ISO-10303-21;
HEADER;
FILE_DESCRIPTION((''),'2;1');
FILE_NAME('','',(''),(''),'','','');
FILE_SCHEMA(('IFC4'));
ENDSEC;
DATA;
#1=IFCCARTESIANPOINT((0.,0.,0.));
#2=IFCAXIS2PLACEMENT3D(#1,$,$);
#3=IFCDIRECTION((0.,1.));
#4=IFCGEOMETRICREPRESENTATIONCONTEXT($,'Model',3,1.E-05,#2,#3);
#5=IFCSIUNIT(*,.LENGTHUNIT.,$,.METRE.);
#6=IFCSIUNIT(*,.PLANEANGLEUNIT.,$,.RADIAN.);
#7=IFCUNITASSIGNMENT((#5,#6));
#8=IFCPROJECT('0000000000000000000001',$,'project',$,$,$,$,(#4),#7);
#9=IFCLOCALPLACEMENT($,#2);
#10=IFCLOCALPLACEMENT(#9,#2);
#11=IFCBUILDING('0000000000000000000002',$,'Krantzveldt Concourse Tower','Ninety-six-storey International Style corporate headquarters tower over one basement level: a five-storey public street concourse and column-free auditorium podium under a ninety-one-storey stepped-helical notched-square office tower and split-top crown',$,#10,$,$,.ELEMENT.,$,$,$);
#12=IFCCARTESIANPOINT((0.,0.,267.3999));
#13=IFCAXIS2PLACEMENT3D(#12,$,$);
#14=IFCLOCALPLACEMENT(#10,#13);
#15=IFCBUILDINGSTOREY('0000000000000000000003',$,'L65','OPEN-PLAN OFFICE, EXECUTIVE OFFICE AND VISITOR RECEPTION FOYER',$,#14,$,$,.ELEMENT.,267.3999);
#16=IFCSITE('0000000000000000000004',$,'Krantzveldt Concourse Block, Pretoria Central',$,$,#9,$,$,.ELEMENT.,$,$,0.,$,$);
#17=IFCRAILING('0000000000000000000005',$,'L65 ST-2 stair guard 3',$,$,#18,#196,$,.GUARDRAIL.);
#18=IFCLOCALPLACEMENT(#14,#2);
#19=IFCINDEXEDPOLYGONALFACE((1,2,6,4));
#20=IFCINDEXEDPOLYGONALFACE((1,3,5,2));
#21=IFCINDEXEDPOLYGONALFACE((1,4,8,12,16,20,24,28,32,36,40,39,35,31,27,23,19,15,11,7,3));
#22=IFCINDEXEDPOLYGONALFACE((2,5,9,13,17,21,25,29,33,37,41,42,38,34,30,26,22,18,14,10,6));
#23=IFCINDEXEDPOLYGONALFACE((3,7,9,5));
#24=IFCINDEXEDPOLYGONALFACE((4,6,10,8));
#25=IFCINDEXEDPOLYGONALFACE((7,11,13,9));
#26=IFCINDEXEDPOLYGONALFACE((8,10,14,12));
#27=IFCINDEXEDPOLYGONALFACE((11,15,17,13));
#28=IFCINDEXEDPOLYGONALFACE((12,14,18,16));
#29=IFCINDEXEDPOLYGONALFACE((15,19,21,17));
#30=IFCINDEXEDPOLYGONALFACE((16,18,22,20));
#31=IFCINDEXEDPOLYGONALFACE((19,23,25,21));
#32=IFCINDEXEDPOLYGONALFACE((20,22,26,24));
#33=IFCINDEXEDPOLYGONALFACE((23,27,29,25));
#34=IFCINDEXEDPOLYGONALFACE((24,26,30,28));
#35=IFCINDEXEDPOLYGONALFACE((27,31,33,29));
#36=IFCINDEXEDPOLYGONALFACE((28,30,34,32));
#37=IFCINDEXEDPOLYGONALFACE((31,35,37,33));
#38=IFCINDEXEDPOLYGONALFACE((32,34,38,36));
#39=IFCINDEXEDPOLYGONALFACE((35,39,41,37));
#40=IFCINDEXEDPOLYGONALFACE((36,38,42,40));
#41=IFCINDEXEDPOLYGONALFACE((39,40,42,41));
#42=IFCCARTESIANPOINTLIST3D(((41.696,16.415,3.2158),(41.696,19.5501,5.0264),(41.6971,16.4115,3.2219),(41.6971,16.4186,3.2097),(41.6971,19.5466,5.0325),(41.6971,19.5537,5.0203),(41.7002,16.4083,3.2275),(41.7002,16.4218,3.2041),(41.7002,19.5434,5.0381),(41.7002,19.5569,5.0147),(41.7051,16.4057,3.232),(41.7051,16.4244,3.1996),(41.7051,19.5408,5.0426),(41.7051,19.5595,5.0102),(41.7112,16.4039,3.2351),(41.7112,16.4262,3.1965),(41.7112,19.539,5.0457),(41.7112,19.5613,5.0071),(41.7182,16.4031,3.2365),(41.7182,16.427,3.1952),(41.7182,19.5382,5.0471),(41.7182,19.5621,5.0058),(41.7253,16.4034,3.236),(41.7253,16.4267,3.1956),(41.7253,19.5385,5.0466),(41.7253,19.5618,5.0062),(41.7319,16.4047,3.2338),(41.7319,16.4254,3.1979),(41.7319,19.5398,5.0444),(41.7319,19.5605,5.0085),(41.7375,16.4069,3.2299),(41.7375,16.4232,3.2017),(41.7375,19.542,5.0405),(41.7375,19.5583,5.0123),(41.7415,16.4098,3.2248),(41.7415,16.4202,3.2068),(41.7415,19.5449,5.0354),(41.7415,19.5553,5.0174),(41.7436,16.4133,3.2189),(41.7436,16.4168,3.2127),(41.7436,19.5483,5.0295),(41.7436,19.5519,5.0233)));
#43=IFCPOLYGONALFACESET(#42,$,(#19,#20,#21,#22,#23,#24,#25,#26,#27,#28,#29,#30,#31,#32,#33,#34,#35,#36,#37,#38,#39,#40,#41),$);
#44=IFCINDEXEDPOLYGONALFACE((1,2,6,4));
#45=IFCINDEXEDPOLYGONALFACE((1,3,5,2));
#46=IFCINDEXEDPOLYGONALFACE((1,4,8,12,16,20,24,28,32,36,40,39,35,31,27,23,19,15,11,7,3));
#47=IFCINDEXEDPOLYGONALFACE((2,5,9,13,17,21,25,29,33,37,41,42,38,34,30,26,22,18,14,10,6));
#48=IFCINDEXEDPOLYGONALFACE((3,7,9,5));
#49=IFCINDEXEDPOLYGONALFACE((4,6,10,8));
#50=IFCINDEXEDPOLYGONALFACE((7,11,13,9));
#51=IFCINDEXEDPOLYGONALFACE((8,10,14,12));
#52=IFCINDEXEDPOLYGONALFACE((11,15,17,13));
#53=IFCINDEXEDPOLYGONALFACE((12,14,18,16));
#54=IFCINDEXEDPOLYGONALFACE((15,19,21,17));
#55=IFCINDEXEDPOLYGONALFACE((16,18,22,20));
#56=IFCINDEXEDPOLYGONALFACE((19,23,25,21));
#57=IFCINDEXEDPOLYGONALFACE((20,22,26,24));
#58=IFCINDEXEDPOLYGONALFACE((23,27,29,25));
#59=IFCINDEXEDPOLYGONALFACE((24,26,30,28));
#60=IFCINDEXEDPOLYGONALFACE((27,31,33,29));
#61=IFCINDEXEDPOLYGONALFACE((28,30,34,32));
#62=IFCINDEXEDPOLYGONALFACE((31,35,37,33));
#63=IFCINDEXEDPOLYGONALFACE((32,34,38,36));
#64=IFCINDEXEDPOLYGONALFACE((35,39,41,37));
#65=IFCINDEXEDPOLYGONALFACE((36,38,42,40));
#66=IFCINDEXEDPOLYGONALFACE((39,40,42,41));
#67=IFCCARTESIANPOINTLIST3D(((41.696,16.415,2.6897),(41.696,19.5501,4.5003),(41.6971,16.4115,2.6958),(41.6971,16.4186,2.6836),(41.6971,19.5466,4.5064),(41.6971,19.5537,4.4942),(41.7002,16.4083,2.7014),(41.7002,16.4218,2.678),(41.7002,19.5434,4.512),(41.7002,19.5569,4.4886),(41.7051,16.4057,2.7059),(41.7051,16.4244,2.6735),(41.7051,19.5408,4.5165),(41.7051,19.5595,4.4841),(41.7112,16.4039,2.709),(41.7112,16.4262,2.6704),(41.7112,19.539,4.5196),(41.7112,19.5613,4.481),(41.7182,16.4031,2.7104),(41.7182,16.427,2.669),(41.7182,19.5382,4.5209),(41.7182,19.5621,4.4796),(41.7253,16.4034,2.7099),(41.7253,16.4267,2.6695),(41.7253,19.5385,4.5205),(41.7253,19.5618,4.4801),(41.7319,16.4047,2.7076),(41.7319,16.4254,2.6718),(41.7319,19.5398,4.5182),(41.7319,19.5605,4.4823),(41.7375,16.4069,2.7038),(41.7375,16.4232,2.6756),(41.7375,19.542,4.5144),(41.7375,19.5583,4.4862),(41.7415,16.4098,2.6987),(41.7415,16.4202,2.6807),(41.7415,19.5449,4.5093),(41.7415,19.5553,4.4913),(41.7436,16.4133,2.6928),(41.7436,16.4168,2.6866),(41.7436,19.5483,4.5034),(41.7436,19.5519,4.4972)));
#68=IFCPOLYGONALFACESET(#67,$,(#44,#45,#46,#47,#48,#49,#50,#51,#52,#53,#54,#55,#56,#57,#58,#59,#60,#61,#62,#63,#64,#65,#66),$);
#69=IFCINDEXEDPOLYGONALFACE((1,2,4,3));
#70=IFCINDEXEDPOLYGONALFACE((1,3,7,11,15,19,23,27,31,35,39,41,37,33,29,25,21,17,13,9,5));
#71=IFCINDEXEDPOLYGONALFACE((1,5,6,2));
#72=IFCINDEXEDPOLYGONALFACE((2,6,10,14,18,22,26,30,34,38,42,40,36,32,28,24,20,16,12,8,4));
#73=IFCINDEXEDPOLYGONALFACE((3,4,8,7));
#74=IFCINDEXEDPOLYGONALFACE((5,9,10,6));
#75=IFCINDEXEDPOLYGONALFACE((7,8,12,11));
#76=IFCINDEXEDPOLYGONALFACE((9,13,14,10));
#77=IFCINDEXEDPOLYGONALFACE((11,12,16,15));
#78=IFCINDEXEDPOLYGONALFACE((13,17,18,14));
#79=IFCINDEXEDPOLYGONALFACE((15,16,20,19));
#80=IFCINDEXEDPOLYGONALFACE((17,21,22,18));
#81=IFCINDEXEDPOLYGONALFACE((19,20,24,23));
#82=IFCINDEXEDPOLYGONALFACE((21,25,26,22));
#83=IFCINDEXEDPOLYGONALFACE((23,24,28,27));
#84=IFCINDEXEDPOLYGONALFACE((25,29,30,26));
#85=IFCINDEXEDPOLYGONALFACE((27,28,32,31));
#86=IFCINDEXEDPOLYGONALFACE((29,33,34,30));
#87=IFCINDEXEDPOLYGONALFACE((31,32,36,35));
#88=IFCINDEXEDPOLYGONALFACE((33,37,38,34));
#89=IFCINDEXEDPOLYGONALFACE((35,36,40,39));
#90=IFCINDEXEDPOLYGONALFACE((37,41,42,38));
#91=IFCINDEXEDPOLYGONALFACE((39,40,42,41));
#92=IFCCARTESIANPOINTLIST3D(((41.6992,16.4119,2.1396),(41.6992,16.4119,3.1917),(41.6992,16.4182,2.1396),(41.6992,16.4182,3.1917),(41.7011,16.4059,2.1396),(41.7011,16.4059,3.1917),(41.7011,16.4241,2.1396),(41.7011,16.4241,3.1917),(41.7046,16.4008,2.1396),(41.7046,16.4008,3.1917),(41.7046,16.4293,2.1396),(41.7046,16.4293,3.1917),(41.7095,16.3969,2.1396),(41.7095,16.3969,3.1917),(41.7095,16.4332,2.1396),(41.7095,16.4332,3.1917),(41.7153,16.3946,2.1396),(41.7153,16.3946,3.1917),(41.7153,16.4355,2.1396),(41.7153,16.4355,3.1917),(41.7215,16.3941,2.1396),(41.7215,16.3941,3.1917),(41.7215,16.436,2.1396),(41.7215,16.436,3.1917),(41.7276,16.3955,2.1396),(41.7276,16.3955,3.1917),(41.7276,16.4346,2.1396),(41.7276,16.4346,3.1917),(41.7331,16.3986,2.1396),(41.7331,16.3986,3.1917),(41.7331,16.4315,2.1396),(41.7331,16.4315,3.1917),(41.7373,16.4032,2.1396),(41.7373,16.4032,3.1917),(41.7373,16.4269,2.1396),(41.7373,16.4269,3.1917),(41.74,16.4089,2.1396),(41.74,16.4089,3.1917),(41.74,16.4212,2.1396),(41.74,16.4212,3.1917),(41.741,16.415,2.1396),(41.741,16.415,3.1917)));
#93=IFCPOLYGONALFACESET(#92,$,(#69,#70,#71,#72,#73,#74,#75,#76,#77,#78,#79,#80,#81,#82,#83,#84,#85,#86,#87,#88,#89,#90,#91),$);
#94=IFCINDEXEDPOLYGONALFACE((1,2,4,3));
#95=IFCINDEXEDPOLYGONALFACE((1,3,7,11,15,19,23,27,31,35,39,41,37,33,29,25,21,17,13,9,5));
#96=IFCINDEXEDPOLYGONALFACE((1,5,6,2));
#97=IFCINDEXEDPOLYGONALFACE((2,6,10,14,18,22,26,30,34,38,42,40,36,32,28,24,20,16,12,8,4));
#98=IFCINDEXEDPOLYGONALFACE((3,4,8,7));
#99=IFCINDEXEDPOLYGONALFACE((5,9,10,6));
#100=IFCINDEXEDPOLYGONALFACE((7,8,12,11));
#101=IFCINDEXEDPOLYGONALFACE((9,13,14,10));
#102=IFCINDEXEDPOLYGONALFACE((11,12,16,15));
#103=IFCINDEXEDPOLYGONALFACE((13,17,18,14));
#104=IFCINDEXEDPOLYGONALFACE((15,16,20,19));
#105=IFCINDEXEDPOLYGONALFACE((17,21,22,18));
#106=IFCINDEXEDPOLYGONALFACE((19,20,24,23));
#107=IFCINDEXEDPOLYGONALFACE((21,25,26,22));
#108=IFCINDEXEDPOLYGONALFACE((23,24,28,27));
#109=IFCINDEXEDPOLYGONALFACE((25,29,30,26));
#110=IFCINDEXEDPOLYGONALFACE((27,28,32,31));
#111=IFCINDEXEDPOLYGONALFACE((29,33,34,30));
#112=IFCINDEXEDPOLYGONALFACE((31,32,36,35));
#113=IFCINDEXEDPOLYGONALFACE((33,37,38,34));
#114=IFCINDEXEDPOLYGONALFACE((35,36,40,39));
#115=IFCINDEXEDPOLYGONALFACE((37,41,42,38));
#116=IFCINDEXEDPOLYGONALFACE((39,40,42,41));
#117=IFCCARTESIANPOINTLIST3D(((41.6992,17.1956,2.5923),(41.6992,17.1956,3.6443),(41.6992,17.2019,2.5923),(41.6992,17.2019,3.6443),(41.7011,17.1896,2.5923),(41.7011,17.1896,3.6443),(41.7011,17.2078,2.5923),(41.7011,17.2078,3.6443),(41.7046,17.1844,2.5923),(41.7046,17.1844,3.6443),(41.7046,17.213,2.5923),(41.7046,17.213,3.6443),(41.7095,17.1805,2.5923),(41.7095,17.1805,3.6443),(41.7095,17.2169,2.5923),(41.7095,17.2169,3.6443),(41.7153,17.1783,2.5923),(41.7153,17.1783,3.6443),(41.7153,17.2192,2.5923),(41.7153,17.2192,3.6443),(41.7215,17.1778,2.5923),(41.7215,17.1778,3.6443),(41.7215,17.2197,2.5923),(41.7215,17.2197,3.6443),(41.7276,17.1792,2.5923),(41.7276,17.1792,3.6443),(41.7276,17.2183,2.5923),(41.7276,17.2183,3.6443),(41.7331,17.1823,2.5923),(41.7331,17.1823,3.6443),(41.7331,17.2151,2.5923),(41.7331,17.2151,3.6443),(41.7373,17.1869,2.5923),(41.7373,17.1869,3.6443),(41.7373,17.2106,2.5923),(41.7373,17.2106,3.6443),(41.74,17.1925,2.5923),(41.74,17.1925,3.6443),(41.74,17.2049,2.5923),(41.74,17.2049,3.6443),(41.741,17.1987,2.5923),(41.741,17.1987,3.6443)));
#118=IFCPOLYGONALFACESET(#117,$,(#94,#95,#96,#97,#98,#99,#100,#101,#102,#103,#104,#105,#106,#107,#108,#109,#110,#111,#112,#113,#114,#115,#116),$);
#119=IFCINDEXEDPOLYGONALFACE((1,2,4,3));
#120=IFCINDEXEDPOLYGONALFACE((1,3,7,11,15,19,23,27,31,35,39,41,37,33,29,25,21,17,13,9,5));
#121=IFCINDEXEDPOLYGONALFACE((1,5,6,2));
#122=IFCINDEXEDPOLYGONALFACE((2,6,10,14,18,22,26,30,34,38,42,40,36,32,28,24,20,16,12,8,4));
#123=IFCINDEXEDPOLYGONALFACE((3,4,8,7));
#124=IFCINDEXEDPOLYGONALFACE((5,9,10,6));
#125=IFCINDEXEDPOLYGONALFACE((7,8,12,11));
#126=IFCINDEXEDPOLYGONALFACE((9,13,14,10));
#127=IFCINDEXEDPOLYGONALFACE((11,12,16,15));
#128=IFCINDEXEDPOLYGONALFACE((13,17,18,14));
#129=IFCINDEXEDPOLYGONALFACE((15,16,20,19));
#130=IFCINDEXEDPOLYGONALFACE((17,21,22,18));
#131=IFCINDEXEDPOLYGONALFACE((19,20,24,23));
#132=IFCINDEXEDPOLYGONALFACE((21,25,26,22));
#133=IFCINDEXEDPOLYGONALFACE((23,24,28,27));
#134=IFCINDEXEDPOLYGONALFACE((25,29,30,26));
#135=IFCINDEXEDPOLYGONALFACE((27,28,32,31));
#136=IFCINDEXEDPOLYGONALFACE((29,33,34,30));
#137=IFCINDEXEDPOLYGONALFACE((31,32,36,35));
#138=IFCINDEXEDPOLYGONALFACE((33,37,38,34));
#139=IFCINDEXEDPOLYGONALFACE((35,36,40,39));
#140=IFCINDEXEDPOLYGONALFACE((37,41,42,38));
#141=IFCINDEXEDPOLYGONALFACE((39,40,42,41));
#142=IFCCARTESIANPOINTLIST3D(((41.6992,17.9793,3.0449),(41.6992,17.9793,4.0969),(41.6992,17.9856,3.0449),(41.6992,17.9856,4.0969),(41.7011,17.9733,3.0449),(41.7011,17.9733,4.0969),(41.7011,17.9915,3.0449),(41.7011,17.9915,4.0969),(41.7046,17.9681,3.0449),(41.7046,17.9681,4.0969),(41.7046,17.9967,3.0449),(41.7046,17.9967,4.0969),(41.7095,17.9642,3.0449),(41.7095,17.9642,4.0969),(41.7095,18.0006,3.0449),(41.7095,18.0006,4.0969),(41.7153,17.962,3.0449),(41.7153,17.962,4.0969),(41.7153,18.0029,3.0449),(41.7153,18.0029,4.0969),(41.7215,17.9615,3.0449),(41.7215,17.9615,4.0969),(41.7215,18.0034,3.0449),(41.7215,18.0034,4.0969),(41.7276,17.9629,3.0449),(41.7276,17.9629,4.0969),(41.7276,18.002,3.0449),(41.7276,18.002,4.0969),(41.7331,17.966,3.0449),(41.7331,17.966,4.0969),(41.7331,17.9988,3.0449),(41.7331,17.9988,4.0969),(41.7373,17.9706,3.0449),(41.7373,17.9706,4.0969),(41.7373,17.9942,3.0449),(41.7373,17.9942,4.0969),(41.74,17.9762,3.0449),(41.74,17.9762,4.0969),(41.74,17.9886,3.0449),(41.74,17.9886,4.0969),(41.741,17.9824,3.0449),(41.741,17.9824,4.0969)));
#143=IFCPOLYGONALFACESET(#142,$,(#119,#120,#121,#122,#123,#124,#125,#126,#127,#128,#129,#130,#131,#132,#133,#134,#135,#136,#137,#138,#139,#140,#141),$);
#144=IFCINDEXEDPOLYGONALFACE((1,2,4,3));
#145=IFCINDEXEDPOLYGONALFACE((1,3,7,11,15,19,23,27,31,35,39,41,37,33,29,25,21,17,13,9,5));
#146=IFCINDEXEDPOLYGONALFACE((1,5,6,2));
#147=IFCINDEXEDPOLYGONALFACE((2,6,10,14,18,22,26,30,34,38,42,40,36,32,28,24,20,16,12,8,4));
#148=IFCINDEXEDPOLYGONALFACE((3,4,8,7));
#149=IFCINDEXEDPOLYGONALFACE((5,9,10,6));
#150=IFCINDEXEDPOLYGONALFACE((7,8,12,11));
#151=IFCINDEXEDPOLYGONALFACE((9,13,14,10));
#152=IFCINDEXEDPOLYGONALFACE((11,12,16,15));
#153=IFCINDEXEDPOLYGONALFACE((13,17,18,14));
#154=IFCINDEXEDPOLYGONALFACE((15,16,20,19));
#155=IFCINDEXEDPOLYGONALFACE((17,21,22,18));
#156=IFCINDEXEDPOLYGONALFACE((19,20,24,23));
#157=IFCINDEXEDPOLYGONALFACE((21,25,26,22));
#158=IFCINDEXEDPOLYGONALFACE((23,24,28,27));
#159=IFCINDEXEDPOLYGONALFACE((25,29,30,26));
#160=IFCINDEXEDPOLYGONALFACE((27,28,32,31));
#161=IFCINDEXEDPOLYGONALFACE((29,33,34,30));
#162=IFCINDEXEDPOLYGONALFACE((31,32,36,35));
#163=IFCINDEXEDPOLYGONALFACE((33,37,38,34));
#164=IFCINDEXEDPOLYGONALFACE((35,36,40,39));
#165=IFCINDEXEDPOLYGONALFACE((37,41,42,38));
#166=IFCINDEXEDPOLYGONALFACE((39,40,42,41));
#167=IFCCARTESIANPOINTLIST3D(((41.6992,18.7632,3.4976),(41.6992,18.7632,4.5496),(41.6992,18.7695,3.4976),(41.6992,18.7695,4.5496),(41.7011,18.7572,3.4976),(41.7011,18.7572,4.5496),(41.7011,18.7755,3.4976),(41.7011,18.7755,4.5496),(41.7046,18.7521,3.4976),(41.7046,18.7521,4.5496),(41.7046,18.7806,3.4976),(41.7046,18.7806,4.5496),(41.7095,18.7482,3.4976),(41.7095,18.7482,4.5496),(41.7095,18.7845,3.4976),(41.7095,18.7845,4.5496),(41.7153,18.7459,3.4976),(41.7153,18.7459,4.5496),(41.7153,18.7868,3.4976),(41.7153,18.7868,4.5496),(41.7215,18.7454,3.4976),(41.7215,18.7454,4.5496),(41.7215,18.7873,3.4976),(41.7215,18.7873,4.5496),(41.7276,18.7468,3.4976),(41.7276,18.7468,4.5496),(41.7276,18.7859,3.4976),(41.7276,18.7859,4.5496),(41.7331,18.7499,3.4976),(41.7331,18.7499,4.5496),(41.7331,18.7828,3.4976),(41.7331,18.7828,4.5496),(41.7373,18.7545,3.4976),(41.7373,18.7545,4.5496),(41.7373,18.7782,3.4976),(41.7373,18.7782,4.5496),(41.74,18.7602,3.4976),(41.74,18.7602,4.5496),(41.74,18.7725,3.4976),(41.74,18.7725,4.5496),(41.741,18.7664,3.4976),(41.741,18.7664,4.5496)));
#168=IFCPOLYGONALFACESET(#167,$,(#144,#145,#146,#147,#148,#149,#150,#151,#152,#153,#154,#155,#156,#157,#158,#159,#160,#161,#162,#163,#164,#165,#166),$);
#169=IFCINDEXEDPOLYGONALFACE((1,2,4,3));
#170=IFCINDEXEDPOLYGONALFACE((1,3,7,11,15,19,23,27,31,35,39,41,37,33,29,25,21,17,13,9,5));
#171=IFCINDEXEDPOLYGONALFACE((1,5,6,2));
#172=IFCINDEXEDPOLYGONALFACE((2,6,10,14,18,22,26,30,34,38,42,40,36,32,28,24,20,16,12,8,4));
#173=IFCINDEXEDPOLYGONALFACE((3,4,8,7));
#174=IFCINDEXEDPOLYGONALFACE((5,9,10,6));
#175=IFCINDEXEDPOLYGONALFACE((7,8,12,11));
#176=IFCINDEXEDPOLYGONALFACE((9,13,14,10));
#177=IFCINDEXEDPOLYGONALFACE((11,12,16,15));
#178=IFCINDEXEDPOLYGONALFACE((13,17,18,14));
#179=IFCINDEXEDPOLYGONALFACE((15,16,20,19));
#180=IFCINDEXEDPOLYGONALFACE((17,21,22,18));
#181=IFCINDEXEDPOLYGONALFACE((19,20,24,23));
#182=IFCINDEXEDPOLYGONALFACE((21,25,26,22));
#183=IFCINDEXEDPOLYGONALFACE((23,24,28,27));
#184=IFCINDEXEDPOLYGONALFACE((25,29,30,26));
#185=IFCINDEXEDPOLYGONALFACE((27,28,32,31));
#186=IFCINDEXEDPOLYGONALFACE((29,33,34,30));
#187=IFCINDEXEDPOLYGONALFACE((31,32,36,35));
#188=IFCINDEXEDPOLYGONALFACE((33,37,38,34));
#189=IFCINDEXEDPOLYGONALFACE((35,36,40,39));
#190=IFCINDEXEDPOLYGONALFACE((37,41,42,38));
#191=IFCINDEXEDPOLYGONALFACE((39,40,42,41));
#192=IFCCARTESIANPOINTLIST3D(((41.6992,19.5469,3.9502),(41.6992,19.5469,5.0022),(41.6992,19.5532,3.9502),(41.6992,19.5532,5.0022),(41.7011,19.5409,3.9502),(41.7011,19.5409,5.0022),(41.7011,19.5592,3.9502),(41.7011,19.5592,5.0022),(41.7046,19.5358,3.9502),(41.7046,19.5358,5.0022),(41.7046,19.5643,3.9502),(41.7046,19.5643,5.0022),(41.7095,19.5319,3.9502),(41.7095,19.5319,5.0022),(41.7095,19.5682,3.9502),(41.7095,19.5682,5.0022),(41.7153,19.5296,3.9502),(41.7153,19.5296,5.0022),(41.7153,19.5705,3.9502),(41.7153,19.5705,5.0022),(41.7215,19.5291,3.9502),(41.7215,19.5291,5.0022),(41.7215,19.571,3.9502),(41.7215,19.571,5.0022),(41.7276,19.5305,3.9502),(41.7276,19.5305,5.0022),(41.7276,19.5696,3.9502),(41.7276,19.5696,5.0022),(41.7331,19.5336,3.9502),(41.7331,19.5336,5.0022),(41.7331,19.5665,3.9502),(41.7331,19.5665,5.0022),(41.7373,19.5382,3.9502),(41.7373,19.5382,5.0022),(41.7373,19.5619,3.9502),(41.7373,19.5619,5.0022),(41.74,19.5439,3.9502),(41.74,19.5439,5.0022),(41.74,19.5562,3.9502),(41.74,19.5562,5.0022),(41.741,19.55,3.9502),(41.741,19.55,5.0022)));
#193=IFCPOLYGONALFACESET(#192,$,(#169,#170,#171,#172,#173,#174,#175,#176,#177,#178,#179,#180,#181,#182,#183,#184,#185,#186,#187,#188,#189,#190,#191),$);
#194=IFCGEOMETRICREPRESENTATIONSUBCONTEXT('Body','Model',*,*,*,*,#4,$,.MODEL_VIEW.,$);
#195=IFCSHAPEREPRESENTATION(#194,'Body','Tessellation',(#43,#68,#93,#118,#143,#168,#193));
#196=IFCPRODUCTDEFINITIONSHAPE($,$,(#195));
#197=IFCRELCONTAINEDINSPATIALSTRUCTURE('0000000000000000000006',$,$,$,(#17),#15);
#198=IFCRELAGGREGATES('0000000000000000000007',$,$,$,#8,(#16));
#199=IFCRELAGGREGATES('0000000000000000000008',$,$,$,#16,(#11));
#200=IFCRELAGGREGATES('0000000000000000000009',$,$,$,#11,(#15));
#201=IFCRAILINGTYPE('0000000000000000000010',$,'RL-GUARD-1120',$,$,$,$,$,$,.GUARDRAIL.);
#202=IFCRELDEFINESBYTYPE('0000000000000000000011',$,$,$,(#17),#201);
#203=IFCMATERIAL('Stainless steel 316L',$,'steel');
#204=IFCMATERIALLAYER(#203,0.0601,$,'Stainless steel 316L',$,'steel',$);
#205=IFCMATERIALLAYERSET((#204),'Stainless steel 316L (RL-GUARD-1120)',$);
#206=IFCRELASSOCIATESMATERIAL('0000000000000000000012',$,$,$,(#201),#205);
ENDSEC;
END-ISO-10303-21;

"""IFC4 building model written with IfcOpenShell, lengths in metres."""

from ifc_helpers import new_model, si_unit, direction, frame, origin, origin_2d, place, context, subcontext, project, spatial, circle, extrude, material, layer, layer_set, type_object, element, save


model = new_model("IFC4")

# Units and contexts
model_context = context("Model", 3, precision=1e-05, world=origin(), true_north=direction((0.0, 1.0)))
body_context = subcontext(model_context, "Body", "Model", "MODEL_VIEW")
ifc_project = project(units=[si_unit("LENGTHUNIT", "METRE"), si_unit("PLANEANGLEUNIT", "RADIAN")], contexts=[model_context])

# Site, building, storey
site_placement = place(None, origin())
site = spatial("IfcSite", under=ifc_project, at=site_placement, Name="Krantzveldt Concourse Block, Pretoria Central", CompositionType="ELEMENT", RefElevation=0.0)
building_placement = place(site_placement, origin())
building = spatial("IfcBuilding", under=site, at=building_placement, Name="Krantzveldt Concourse Tower", Description="Ninety-six-storey International Style corporate headquarters tower over one basement level: a five-storey public street concourse and column-free auditorium podium under a ninety-one-storey stepped-helical notched-square office tower and split-top crown", CompositionType="ELEMENT")
storey_placement = place(building_placement, frame((0.0, 0.0, 267.3999)))
storey = spatial("IfcBuildingStorey", under=building, at=storey_placement, Name="L65", Description="OPEN-PLAN OFFICE, EXECUTIVE OFFICE AND VISITOR RECEPTION FOYER", CompositionType="ELEMENT", Elevation=267.3999)

# Shared definitions
ifc_material_1 = material(Name="Stainless steel 316L", Category="steel")

# Railing
ifc_layer_1 = layer(ifc_material_1, 0.0601, Name="Stainless steel 316L", Category="steel")
ifc_layer_set_1 = layer_set([ifc_layer_1], Name="Stainless steel 316L (RL-GUARD-1120)")
railing_type_1 = type_object("IfcRailingType", Name="RL-GUARD-1120", PredefinedType="GUARDRAIL", material=ifc_layer_set_1)
railing_1_placement = place(storey_placement, frame((41.72, 16.415, 2.1396)))
element("IfcRailing", 1, at=railing_1_placement, inside=storey, type_object=railing_type_1, Name="L65 ST-2 stair guard 3", PredefinedType="GUARDRAIL", context=body_context, shape_type="SweptSolid", body=[
    extrude(circle(Radius=0.0239, at=origin_2d()), frame((0.0, 0.0, 1.0762), z_axis=(0.0, 0.86596, 0.500114), x_axis=(-1.0, 0.0, 0.0)), (0.0, 0.0, 1.0), 3.6204),
    extrude(circle(Radius=0.0239, at=origin_2d()), frame((0.0, 0.0, 0.55), z_axis=(0.0, 0.86596, 0.500114), x_axis=(-1.0, 0.0, 0.0)), (0.0, 0.0, 1.0), 3.6204),
    extrude(circle(Radius=0.021, at=origin_2d()), origin(), (0.0, 0.0, 1.0), 1.052),
    extrude(circle(Radius=0.021, at=origin_2d()), frame((0.0, 0.7837, 0.4526)), (0.0, 0.0, 1.0), 1.052),
    extrude(circle(Radius=0.021, at=origin_2d()), frame((0.0, 1.5674, 0.9053)), (0.0, 0.0, 1.0), 1.052),
    extrude(circle(Radius=0.021, at=origin_2d()), frame((0.0, 2.3513, 1.3579)), (0.0, 0.0, 1.0), 1.052),
    extrude(circle(Radius=0.021, at=origin_2d()), frame((0.0, 3.135, 1.8105)), (0.0, 0.0, 1.0), 1.052),
])

save(model, "model.ifc")
